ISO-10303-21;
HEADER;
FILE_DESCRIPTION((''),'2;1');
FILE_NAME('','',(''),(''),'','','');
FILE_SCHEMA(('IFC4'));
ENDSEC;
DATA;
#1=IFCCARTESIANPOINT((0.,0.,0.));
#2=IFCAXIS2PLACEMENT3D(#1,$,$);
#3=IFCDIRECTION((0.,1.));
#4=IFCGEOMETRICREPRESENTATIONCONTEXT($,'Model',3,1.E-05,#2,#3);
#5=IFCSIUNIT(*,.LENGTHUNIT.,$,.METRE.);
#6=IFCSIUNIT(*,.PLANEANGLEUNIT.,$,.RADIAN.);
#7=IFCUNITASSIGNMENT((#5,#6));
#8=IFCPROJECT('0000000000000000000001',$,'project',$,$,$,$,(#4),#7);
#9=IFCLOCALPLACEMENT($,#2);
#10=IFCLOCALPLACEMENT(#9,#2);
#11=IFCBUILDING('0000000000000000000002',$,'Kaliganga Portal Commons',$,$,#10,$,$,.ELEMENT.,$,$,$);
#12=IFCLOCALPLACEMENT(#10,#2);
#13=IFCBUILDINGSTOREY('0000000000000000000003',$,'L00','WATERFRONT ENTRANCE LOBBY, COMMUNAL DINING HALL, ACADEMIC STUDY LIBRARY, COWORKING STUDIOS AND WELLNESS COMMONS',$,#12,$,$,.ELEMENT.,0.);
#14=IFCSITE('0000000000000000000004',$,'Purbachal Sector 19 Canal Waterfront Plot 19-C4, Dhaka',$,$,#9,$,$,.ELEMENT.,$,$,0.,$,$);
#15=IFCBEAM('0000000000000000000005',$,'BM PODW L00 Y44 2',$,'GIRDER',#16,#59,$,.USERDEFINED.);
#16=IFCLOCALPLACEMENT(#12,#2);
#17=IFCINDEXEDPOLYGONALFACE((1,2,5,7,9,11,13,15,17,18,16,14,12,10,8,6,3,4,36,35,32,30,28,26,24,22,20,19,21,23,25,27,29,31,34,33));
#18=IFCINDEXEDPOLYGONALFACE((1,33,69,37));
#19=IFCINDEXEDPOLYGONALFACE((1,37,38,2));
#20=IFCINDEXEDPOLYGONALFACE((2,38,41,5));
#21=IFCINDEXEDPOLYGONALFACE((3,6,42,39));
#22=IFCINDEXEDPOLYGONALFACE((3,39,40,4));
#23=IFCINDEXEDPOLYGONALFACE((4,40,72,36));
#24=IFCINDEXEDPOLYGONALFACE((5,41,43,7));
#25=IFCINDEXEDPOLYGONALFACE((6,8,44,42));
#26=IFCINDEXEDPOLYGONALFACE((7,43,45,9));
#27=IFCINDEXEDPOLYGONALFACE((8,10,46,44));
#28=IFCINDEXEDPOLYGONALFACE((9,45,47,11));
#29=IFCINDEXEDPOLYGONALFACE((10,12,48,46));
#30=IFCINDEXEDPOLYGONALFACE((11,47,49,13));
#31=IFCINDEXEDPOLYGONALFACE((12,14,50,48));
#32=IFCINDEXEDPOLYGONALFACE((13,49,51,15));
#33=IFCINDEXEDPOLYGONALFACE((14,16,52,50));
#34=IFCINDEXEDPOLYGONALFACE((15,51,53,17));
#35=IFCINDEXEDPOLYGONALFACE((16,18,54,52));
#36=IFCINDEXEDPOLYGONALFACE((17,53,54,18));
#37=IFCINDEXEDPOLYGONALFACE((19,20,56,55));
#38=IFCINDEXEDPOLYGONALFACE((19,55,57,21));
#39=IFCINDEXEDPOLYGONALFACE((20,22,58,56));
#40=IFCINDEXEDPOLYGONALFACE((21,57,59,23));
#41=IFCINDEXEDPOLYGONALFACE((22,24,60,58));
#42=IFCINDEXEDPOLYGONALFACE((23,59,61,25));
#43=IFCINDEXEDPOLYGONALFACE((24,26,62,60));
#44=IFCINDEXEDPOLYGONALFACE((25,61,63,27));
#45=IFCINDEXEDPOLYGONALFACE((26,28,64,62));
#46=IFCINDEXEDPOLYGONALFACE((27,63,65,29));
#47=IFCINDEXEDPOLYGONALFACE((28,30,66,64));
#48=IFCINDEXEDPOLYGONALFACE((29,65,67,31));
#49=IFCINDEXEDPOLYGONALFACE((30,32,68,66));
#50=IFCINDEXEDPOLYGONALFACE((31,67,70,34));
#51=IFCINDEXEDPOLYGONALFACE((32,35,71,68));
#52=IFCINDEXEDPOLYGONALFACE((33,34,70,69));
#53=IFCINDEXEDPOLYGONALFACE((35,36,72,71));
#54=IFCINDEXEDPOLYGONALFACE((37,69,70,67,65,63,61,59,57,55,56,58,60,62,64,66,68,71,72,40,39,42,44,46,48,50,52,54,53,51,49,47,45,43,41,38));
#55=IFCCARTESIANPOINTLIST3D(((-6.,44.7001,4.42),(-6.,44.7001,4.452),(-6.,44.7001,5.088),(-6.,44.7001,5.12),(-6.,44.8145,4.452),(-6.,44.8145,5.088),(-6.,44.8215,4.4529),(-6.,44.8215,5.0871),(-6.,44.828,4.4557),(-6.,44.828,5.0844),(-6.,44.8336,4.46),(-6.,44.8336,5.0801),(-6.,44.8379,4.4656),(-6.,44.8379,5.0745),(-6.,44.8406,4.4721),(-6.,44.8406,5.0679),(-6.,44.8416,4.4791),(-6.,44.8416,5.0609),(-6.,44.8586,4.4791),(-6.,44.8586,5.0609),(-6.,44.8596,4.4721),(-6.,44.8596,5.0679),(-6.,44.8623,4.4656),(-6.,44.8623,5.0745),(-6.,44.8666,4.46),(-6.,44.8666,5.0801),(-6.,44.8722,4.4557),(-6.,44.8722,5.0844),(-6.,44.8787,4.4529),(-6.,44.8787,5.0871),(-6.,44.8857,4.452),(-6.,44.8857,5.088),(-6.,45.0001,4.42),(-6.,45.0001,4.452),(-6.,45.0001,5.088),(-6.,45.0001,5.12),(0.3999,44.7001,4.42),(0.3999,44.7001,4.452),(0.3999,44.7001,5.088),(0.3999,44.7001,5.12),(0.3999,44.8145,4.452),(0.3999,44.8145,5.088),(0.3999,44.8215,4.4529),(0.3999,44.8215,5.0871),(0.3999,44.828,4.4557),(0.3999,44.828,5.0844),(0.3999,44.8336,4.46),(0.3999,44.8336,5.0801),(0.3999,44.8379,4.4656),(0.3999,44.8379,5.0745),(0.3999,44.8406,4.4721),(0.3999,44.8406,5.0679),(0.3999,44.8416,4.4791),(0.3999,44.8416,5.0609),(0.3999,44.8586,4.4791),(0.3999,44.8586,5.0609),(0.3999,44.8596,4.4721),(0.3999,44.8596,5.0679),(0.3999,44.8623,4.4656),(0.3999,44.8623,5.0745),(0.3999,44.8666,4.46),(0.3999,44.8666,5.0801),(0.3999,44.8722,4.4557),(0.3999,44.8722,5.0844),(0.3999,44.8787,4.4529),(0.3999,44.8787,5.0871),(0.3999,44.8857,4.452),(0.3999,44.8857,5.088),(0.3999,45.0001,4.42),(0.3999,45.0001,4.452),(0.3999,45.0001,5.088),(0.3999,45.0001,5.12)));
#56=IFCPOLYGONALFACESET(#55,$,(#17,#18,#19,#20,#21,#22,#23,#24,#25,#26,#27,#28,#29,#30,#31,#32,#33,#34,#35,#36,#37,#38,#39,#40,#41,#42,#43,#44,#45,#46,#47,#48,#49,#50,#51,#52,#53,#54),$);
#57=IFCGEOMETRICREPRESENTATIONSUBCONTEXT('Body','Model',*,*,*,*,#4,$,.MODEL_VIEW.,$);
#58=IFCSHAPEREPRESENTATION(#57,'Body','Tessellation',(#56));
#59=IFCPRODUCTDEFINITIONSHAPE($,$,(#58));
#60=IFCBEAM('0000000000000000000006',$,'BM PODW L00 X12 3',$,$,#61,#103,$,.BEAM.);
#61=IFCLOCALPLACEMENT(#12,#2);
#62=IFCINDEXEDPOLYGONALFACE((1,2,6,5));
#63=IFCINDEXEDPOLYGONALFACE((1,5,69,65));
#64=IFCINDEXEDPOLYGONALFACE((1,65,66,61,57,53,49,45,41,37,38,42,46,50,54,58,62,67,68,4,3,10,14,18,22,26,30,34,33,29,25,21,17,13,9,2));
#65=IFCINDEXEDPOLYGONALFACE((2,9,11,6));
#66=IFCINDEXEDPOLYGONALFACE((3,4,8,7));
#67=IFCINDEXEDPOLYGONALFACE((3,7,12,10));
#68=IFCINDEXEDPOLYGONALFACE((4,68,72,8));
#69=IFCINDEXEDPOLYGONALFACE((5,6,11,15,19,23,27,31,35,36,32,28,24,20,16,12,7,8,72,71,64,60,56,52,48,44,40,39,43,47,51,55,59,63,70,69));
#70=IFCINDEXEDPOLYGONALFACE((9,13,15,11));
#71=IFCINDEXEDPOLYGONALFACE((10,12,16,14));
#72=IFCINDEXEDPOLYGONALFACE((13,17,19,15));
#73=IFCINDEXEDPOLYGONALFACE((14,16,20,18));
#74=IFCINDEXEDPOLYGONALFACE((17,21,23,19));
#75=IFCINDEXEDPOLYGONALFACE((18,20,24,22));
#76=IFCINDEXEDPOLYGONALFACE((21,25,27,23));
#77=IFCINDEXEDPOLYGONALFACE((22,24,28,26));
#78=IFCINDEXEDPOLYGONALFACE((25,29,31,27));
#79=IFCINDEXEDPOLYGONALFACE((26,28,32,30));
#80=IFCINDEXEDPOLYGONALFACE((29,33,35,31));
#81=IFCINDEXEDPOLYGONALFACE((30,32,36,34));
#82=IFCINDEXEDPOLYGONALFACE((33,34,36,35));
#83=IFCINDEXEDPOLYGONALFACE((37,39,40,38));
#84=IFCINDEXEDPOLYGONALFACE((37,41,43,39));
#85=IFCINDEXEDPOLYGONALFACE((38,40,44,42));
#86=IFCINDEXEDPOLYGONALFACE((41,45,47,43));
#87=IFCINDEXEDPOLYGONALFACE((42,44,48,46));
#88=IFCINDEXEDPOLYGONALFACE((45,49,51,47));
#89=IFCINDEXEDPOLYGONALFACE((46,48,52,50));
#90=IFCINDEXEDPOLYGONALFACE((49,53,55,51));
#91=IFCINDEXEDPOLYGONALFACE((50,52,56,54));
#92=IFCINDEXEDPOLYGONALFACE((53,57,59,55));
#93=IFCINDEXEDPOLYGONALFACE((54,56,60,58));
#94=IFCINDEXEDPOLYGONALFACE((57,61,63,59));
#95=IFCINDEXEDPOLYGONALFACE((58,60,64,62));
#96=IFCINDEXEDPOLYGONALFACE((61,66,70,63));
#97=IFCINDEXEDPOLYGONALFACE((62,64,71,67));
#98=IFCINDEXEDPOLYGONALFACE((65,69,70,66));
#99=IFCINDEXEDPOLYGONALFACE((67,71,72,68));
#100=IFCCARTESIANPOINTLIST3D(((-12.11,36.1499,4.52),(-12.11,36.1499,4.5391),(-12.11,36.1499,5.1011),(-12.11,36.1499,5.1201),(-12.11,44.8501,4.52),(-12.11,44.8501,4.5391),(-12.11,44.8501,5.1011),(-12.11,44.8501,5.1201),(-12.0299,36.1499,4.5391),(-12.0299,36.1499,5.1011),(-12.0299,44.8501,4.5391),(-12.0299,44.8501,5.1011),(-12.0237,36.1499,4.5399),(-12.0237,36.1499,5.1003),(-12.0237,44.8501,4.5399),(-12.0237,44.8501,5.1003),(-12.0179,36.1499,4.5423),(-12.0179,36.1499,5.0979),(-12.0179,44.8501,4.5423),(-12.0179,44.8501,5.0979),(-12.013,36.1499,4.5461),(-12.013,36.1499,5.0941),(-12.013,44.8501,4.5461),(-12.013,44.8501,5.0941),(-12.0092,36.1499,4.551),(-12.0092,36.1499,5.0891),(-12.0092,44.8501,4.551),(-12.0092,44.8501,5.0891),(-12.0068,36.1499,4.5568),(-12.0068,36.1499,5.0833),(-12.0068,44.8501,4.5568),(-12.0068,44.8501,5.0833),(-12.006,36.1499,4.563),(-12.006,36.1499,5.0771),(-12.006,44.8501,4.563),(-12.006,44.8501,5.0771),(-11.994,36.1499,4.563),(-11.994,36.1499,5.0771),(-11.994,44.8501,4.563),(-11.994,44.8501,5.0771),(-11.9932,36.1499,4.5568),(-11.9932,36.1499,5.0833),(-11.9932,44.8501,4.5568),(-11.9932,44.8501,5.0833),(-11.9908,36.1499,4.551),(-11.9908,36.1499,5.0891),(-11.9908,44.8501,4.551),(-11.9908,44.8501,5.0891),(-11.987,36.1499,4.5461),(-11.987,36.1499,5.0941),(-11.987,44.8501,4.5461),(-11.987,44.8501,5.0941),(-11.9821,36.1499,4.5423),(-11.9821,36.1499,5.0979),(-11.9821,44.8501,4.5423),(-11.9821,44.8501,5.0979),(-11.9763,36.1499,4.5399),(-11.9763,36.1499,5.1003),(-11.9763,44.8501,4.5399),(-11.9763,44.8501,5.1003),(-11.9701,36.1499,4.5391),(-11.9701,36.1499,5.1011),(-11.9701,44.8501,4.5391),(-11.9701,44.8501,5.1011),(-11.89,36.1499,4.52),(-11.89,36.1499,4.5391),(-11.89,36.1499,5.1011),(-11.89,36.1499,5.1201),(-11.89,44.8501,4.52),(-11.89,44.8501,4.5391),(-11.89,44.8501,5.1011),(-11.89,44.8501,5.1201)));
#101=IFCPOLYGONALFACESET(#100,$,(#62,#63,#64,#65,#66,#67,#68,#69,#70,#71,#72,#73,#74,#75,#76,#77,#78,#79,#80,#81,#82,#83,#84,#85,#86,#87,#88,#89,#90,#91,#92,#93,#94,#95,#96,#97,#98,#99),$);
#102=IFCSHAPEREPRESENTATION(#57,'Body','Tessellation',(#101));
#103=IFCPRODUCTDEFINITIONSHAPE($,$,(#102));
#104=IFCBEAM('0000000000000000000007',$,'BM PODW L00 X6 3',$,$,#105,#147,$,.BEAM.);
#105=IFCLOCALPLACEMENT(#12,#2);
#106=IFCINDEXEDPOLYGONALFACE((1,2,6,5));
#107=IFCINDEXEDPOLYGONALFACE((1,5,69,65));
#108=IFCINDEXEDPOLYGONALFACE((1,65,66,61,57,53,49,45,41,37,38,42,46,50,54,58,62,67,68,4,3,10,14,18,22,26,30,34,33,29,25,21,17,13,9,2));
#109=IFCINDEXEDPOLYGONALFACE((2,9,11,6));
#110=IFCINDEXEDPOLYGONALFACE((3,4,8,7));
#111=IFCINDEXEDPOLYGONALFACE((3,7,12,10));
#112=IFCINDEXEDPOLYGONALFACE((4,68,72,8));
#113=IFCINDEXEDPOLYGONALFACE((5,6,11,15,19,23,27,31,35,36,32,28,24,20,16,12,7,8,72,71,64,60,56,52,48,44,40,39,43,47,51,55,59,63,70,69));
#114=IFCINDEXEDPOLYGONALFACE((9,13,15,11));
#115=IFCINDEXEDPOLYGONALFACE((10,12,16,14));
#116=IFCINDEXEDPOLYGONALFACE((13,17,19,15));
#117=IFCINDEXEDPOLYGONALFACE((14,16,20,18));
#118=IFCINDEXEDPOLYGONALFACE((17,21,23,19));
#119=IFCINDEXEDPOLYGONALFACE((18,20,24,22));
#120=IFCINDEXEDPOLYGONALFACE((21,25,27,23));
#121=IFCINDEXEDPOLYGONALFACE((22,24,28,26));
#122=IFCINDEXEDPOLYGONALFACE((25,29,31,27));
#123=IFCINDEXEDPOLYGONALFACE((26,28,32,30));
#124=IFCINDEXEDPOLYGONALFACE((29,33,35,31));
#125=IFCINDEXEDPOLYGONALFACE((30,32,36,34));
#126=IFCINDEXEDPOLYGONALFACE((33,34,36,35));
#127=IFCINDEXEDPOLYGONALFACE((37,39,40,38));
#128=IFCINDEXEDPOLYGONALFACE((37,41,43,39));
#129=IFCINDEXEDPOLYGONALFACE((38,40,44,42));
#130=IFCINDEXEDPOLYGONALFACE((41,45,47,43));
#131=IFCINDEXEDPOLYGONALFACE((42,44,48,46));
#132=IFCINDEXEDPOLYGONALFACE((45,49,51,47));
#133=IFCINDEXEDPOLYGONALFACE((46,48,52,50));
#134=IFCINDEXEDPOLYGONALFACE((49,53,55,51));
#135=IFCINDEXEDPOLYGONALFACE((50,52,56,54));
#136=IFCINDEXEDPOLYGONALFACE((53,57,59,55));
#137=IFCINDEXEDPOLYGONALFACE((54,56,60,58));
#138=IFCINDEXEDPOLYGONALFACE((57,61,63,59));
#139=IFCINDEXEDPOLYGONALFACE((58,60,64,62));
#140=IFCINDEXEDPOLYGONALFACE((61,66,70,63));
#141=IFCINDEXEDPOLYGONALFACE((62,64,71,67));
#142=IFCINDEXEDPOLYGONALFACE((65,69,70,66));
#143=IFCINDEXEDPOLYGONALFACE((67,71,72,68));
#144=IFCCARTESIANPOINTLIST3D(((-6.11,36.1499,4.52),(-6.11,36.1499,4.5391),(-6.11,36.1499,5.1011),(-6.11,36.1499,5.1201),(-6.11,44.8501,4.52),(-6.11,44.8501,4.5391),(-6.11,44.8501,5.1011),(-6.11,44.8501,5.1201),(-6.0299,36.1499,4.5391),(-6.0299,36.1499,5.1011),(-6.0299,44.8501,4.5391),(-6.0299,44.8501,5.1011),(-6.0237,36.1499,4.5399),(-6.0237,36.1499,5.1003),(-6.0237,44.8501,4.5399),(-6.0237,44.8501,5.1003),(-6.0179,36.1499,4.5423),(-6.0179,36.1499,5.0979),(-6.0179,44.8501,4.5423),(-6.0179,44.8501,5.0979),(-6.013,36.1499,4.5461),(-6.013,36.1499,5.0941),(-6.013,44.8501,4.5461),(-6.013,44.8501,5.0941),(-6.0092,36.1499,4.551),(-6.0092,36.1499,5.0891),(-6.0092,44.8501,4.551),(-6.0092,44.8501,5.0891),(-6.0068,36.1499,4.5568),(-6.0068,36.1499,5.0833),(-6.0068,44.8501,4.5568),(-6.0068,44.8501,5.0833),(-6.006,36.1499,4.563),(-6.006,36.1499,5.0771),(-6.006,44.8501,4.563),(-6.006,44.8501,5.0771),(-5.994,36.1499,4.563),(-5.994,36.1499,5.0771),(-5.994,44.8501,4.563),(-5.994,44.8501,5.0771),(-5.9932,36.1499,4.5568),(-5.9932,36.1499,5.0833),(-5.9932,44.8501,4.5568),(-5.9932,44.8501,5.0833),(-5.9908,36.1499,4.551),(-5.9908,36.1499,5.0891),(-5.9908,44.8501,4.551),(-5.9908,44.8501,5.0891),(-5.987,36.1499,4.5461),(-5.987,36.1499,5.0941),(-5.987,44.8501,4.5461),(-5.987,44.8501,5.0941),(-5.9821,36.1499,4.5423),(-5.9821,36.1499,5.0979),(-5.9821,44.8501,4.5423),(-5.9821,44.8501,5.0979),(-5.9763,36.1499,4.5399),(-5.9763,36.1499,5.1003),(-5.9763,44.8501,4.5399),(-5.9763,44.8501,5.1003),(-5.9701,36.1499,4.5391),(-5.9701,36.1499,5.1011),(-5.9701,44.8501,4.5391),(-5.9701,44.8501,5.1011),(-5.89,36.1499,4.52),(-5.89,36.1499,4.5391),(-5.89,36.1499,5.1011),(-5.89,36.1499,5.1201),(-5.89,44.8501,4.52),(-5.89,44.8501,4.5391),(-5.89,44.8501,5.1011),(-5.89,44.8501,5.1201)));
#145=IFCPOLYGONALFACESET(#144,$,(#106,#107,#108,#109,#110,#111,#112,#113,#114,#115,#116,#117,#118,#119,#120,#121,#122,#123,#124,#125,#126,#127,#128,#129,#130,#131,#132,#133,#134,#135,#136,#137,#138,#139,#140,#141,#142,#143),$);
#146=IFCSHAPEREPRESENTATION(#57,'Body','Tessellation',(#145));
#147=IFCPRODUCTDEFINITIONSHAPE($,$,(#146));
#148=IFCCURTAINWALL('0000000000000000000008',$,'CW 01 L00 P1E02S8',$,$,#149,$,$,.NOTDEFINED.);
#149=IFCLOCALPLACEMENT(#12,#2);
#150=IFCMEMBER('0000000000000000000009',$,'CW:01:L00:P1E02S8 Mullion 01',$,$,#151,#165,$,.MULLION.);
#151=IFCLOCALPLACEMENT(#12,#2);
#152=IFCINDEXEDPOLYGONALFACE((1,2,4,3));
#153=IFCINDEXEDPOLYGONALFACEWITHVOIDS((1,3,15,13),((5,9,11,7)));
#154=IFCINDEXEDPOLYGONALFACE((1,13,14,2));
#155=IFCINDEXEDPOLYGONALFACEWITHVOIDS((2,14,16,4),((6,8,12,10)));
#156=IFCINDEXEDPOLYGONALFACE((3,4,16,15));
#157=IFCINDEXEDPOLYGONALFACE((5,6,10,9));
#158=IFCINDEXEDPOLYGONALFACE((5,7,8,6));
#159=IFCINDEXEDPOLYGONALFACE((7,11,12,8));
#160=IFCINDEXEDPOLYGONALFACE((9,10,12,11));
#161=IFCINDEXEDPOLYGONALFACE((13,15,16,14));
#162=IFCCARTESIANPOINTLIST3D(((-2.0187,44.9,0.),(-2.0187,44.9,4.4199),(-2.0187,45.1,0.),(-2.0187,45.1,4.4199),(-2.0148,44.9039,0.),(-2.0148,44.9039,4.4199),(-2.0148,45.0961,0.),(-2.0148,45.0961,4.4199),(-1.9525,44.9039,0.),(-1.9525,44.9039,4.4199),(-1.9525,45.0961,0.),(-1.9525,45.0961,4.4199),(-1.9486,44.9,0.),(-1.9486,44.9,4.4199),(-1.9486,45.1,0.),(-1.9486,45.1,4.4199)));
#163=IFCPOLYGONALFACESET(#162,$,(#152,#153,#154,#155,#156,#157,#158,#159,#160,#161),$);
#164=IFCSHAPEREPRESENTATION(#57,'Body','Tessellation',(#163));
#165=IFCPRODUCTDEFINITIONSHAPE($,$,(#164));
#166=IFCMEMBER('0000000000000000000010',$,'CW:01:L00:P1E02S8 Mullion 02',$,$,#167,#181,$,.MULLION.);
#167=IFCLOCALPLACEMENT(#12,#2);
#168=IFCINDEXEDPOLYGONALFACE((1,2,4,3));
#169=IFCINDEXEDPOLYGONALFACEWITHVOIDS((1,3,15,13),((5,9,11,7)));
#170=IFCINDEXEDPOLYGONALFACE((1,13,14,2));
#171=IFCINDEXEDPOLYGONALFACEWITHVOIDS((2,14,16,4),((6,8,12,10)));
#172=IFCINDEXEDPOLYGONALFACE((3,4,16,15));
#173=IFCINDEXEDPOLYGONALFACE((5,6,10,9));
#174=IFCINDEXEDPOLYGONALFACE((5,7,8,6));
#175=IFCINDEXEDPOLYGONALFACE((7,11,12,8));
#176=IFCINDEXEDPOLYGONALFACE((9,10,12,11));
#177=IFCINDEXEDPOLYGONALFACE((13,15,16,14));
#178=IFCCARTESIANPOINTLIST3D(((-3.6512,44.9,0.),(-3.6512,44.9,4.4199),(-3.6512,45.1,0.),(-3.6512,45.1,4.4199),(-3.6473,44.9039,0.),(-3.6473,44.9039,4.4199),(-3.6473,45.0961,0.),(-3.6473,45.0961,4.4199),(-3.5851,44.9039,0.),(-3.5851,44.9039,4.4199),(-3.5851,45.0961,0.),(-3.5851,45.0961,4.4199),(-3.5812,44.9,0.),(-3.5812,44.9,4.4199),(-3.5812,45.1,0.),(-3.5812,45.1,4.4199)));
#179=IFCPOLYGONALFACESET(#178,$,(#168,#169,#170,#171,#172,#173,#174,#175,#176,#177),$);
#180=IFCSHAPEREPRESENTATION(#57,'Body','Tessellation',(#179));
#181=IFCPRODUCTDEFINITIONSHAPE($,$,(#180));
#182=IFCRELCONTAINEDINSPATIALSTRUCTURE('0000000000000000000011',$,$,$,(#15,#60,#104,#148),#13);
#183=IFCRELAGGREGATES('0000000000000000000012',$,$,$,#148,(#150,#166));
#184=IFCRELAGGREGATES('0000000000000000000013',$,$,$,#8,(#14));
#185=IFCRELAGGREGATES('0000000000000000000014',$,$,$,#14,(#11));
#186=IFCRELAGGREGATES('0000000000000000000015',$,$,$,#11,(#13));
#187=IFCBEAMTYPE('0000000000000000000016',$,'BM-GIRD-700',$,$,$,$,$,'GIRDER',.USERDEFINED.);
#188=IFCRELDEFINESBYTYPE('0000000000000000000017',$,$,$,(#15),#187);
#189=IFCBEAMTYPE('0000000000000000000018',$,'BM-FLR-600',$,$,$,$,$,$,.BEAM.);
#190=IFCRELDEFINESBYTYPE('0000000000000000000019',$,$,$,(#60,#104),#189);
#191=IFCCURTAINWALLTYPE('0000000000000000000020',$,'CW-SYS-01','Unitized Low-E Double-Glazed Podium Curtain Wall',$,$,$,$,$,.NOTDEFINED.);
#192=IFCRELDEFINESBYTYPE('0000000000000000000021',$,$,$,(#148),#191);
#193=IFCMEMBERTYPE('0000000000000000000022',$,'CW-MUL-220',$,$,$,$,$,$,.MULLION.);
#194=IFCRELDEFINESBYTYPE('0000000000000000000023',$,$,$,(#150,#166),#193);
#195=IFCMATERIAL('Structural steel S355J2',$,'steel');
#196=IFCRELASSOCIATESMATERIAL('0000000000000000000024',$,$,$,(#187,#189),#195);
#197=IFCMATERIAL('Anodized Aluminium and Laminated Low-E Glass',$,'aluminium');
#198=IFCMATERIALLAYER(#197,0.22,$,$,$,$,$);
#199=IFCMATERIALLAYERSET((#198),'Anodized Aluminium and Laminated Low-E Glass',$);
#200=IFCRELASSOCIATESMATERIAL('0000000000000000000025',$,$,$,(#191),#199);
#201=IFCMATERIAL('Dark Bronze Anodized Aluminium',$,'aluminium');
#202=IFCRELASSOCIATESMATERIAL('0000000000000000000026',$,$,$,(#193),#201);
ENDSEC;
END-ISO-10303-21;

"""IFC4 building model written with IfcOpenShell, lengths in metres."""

from ifc_helpers import new_model, si_unit, direction, frame, origin, origin_2d, place, context, subcontext, project, spatial, hollow_rectangle, i_section, extrude, source, transform, mapped, material, layer, layer_set, material_profile, profile_set, type_object, element, aggregate, save


model = new_model("IFC4")

# Units and contexts
model_context = context("Model", 3, precision=1e-05, world=origin(), true_north=direction((0.0, 1.0)))
body_context = subcontext(model_context, "Body", "Model", "MODEL_VIEW")
ifc_project = project(units=[si_unit("LENGTHUNIT", "METRE"), si_unit("PLANEANGLEUNIT", "RADIAN")], contexts=[model_context])

# Site, building, storey
site_placement = place(None, origin())
site = spatial("IfcSite", under=ifc_project, at=site_placement, Name="Purbachal Sector 19 Canal Waterfront Plot 19-C4, Dhaka", CompositionType="ELEMENT", RefElevation=0.0)
building_placement = place(site_placement, origin())
building = spatial("IfcBuilding", under=site, at=building_placement, Name="Kaliganga Portal Commons", CompositionType="ELEMENT")
storey_placement = place(building_placement, origin())
storey = spatial("IfcBuildingStorey", under=building, at=storey_placement, Name="L00", Description="WATERFRONT ENTRANCE LOBBY, COMMUNAL DINING HALL, ACADEMIC STUDY LIBRARY, COWORKING STUDIOS AND WELLNESS COMMONS", CompositionType="ELEMENT", Elevation=0.0)

# Beams
ifc_material_1 = material(Name="Structural steel S355J2", Category="steel")
ifc_material_profile_1 = material_profile(ifc_material_1, i_section(OverallWidth=0.3, OverallDepth=0.7, WebThickness=0.0171, FlangeThickness=0.032, FilletRadius=0.0271, at=origin_2d()), Name="HE 700 B")
ifc_profile_set_1 = profile_set([ifc_material_profile_1], Name="Structural steel S355J2 wide-flange")
beam_type_1 = type_object("IfcBeamType", Name="BM-GIRD-700", ElementType="GIRDER", PredefinedType="USERDEFINED", material=ifc_profile_set_1)
shared_shape_1 = source(origin(), body_context, "Body", "SweptSolid", [
    extrude(i_section(OverallWidth=0.3, OverallDepth=0.7, WebThickness=0.0171, FlangeThickness=0.032, FilletRadius=0.0271, at=origin_2d()), origin(), (0.0, 0.0, 1.0), 6.3999),
])
for number, where, z_axis, x_axis, name in (
    (1, (-6.0, 44.8501, 4.77), (1.0, 0.0, 0.0), (0.0, 1.0, 0.0), "BM PODW L00 Y44 2"),
):
    element("IfcBeam", number, at=place(storey_placement, frame(where, z_axis=z_axis, x_axis=x_axis)), inside=storey, type_object=beam_type_1, Name=name, ObjectType="GIRDER", PredefinedType="USERDEFINED", context=body_context, shape_type="MappedRepresentation", body=[
        mapped(shared_shape_1, transform((0.0, 0.0, 0.0), x_axis=(1.0, 0.0, 0.0), y_axis=(0.0, 1.0, 0.0), z_axis=(0.0, 0.0, 1.0), scale=1.0)),
    ])
ifc_material_profile_2 = material_profile(ifc_material_1, i_section(OverallWidth=0.22, OverallDepth=0.6001, WebThickness=0.012, FlangeThickness=0.019, FilletRadius=0.0239, at=origin_2d()), Name="IPE 600")
ifc_profile_set_2 = profile_set([ifc_material_profile_2], Name="Structural steel S355J2 wide-flange")
beam_type_2 = type_object("IfcBeamType", Name="BM-FLR-600", PredefinedType="BEAM", material=ifc_profile_set_2)
shared_shape_2 = source(origin(), body_context, "Body", "SweptSolid", [
    extrude(i_section(OverallWidth=0.22, OverallDepth=0.6001, WebThickness=0.012, FlangeThickness=0.019, FilletRadius=0.0239, at=origin_2d()), origin(), (0.0, 0.0, 1.0), 8.7002),
])
for number, where, z_axis, x_axis, name in (
    (2, (-12.0, 36.1499, 4.8201), (0.0, 1.0, 0.0), (-1.0, 0.0, 0.0), "BM PODW L00 X12 3"),
    (3, (-6.0, 36.1499, 4.8201), (0.0, 1.0, 0.0), (-1.0, 0.0, 0.0), "BM PODW L00 X6 3"),
):
    element("IfcBeam", number, at=place(storey_placement, frame(where, z_axis=z_axis, x_axis=x_axis)), inside=storey, type_object=beam_type_2, Name=name, PredefinedType="BEAM", context=body_context, shape_type="MappedRepresentation", body=[
        mapped(shared_shape_2, transform((0.0, 0.0, 0.0), x_axis=(1.0, 0.0, 0.0), y_axis=(0.0, 1.0, 0.0), z_axis=(0.0, 0.0, 1.0), scale=1.0)),
    ])

# Curtain wall, members
ifc_material_2 = material(Name="Anodized Aluminium and Laminated Low-E Glass", Category="aluminium")
ifc_layer_1 = layer(ifc_material_2, 0.22)
ifc_layer_set_1 = layer_set([ifc_layer_1], Name="Anodized Aluminium and Laminated Low-E Glass")
curtain_wall_type = type_object("IfcCurtainWallType", Name="CW-SYS-01", Description="Unitized Low-E Double-Glazed Podium Curtain Wall", PredefinedType="NOTDEFINED", material=ifc_layer_set_1)
curtain_wall_1_placement = place(storey_placement, origin())
curtain_wall_1 = element("IfcCurtainWall", 4, at=curtain_wall_1_placement, inside=storey, type_object=curtain_wall_type, Name="CW 01 L00 P1E02S8", PredefinedType="NOTDEFINED")
ifc_material_3 = material(Name="Dark Bronze Anodized Aluminium", Category="aluminium")
ifc_material_profile_3 = material_profile(ifc_material_3, hollow_rectangle(XDim=0.0701, YDim=0.2, WallThickness=0.0039, at=origin_2d()), Name="ALU MULL 70x200x4")
ifc_profile_set_3 = profile_set([ifc_material_profile_3], Name="Dark Bronze Anodized Aluminium")
member_type_1 = type_object("IfcMemberType", Name="CW-MUL-220", PredefinedType="MULLION", material=ifc_profile_set_3)
shared_shape_3 = source(origin(), body_context, "Body", "SweptSolid", [
    extrude(hollow_rectangle(XDim=0.0701, YDim=0.2, WallThickness=0.0039, at=origin_2d()), origin(), (0.0, 0.0, 1.0), 4.4199),
])
member_1_placement = place(storey_placement, frame((-1.9836, 45.0, 0.0), z_axis=(0.0, 0.0, 1.0), x_axis=(-1.0, 0.0, 0.0)))
member_1 = element("IfcMember", 5, at=member_1_placement, type_object=member_type_1, Name="CW:01:L00:P1E02S8 Mullion 01", PredefinedType="MULLION", context=body_context, shape_type="MappedRepresentation", body=[
    mapped(shared_shape_3, transform((0.0, 0.0, 0.0), x_axis=(1.0, 0.0, 0.0), y_axis=(0.0, 1.0, 0.0), z_axis=(0.0, 0.0, 1.0), scale=1.0)),
])
member_2_placement = place(storey_placement, frame((-3.6162, 45.0, 0.0), z_axis=(0.0, 0.0, 1.0), x_axis=(-1.0, 0.0, 0.0)))
member_2 = element("IfcMember", 6, at=member_2_placement, type_object=member_type_1, Name="CW:01:L00:P1E02S8 Mullion 02", PredefinedType="MULLION", context=body_context, shape_type="MappedRepresentation", body=[
    mapped(shared_shape_3, transform((0.0, 0.0, 0.0), x_axis=(1.0, 0.0, 0.0), y_axis=(0.0, 1.0, 0.0), z_axis=(0.0, 0.0, 1.0), scale=1.0)),
])

aggregate(curtain_wall_1, [member_1, member_2])

save(model, "model.ifc")
